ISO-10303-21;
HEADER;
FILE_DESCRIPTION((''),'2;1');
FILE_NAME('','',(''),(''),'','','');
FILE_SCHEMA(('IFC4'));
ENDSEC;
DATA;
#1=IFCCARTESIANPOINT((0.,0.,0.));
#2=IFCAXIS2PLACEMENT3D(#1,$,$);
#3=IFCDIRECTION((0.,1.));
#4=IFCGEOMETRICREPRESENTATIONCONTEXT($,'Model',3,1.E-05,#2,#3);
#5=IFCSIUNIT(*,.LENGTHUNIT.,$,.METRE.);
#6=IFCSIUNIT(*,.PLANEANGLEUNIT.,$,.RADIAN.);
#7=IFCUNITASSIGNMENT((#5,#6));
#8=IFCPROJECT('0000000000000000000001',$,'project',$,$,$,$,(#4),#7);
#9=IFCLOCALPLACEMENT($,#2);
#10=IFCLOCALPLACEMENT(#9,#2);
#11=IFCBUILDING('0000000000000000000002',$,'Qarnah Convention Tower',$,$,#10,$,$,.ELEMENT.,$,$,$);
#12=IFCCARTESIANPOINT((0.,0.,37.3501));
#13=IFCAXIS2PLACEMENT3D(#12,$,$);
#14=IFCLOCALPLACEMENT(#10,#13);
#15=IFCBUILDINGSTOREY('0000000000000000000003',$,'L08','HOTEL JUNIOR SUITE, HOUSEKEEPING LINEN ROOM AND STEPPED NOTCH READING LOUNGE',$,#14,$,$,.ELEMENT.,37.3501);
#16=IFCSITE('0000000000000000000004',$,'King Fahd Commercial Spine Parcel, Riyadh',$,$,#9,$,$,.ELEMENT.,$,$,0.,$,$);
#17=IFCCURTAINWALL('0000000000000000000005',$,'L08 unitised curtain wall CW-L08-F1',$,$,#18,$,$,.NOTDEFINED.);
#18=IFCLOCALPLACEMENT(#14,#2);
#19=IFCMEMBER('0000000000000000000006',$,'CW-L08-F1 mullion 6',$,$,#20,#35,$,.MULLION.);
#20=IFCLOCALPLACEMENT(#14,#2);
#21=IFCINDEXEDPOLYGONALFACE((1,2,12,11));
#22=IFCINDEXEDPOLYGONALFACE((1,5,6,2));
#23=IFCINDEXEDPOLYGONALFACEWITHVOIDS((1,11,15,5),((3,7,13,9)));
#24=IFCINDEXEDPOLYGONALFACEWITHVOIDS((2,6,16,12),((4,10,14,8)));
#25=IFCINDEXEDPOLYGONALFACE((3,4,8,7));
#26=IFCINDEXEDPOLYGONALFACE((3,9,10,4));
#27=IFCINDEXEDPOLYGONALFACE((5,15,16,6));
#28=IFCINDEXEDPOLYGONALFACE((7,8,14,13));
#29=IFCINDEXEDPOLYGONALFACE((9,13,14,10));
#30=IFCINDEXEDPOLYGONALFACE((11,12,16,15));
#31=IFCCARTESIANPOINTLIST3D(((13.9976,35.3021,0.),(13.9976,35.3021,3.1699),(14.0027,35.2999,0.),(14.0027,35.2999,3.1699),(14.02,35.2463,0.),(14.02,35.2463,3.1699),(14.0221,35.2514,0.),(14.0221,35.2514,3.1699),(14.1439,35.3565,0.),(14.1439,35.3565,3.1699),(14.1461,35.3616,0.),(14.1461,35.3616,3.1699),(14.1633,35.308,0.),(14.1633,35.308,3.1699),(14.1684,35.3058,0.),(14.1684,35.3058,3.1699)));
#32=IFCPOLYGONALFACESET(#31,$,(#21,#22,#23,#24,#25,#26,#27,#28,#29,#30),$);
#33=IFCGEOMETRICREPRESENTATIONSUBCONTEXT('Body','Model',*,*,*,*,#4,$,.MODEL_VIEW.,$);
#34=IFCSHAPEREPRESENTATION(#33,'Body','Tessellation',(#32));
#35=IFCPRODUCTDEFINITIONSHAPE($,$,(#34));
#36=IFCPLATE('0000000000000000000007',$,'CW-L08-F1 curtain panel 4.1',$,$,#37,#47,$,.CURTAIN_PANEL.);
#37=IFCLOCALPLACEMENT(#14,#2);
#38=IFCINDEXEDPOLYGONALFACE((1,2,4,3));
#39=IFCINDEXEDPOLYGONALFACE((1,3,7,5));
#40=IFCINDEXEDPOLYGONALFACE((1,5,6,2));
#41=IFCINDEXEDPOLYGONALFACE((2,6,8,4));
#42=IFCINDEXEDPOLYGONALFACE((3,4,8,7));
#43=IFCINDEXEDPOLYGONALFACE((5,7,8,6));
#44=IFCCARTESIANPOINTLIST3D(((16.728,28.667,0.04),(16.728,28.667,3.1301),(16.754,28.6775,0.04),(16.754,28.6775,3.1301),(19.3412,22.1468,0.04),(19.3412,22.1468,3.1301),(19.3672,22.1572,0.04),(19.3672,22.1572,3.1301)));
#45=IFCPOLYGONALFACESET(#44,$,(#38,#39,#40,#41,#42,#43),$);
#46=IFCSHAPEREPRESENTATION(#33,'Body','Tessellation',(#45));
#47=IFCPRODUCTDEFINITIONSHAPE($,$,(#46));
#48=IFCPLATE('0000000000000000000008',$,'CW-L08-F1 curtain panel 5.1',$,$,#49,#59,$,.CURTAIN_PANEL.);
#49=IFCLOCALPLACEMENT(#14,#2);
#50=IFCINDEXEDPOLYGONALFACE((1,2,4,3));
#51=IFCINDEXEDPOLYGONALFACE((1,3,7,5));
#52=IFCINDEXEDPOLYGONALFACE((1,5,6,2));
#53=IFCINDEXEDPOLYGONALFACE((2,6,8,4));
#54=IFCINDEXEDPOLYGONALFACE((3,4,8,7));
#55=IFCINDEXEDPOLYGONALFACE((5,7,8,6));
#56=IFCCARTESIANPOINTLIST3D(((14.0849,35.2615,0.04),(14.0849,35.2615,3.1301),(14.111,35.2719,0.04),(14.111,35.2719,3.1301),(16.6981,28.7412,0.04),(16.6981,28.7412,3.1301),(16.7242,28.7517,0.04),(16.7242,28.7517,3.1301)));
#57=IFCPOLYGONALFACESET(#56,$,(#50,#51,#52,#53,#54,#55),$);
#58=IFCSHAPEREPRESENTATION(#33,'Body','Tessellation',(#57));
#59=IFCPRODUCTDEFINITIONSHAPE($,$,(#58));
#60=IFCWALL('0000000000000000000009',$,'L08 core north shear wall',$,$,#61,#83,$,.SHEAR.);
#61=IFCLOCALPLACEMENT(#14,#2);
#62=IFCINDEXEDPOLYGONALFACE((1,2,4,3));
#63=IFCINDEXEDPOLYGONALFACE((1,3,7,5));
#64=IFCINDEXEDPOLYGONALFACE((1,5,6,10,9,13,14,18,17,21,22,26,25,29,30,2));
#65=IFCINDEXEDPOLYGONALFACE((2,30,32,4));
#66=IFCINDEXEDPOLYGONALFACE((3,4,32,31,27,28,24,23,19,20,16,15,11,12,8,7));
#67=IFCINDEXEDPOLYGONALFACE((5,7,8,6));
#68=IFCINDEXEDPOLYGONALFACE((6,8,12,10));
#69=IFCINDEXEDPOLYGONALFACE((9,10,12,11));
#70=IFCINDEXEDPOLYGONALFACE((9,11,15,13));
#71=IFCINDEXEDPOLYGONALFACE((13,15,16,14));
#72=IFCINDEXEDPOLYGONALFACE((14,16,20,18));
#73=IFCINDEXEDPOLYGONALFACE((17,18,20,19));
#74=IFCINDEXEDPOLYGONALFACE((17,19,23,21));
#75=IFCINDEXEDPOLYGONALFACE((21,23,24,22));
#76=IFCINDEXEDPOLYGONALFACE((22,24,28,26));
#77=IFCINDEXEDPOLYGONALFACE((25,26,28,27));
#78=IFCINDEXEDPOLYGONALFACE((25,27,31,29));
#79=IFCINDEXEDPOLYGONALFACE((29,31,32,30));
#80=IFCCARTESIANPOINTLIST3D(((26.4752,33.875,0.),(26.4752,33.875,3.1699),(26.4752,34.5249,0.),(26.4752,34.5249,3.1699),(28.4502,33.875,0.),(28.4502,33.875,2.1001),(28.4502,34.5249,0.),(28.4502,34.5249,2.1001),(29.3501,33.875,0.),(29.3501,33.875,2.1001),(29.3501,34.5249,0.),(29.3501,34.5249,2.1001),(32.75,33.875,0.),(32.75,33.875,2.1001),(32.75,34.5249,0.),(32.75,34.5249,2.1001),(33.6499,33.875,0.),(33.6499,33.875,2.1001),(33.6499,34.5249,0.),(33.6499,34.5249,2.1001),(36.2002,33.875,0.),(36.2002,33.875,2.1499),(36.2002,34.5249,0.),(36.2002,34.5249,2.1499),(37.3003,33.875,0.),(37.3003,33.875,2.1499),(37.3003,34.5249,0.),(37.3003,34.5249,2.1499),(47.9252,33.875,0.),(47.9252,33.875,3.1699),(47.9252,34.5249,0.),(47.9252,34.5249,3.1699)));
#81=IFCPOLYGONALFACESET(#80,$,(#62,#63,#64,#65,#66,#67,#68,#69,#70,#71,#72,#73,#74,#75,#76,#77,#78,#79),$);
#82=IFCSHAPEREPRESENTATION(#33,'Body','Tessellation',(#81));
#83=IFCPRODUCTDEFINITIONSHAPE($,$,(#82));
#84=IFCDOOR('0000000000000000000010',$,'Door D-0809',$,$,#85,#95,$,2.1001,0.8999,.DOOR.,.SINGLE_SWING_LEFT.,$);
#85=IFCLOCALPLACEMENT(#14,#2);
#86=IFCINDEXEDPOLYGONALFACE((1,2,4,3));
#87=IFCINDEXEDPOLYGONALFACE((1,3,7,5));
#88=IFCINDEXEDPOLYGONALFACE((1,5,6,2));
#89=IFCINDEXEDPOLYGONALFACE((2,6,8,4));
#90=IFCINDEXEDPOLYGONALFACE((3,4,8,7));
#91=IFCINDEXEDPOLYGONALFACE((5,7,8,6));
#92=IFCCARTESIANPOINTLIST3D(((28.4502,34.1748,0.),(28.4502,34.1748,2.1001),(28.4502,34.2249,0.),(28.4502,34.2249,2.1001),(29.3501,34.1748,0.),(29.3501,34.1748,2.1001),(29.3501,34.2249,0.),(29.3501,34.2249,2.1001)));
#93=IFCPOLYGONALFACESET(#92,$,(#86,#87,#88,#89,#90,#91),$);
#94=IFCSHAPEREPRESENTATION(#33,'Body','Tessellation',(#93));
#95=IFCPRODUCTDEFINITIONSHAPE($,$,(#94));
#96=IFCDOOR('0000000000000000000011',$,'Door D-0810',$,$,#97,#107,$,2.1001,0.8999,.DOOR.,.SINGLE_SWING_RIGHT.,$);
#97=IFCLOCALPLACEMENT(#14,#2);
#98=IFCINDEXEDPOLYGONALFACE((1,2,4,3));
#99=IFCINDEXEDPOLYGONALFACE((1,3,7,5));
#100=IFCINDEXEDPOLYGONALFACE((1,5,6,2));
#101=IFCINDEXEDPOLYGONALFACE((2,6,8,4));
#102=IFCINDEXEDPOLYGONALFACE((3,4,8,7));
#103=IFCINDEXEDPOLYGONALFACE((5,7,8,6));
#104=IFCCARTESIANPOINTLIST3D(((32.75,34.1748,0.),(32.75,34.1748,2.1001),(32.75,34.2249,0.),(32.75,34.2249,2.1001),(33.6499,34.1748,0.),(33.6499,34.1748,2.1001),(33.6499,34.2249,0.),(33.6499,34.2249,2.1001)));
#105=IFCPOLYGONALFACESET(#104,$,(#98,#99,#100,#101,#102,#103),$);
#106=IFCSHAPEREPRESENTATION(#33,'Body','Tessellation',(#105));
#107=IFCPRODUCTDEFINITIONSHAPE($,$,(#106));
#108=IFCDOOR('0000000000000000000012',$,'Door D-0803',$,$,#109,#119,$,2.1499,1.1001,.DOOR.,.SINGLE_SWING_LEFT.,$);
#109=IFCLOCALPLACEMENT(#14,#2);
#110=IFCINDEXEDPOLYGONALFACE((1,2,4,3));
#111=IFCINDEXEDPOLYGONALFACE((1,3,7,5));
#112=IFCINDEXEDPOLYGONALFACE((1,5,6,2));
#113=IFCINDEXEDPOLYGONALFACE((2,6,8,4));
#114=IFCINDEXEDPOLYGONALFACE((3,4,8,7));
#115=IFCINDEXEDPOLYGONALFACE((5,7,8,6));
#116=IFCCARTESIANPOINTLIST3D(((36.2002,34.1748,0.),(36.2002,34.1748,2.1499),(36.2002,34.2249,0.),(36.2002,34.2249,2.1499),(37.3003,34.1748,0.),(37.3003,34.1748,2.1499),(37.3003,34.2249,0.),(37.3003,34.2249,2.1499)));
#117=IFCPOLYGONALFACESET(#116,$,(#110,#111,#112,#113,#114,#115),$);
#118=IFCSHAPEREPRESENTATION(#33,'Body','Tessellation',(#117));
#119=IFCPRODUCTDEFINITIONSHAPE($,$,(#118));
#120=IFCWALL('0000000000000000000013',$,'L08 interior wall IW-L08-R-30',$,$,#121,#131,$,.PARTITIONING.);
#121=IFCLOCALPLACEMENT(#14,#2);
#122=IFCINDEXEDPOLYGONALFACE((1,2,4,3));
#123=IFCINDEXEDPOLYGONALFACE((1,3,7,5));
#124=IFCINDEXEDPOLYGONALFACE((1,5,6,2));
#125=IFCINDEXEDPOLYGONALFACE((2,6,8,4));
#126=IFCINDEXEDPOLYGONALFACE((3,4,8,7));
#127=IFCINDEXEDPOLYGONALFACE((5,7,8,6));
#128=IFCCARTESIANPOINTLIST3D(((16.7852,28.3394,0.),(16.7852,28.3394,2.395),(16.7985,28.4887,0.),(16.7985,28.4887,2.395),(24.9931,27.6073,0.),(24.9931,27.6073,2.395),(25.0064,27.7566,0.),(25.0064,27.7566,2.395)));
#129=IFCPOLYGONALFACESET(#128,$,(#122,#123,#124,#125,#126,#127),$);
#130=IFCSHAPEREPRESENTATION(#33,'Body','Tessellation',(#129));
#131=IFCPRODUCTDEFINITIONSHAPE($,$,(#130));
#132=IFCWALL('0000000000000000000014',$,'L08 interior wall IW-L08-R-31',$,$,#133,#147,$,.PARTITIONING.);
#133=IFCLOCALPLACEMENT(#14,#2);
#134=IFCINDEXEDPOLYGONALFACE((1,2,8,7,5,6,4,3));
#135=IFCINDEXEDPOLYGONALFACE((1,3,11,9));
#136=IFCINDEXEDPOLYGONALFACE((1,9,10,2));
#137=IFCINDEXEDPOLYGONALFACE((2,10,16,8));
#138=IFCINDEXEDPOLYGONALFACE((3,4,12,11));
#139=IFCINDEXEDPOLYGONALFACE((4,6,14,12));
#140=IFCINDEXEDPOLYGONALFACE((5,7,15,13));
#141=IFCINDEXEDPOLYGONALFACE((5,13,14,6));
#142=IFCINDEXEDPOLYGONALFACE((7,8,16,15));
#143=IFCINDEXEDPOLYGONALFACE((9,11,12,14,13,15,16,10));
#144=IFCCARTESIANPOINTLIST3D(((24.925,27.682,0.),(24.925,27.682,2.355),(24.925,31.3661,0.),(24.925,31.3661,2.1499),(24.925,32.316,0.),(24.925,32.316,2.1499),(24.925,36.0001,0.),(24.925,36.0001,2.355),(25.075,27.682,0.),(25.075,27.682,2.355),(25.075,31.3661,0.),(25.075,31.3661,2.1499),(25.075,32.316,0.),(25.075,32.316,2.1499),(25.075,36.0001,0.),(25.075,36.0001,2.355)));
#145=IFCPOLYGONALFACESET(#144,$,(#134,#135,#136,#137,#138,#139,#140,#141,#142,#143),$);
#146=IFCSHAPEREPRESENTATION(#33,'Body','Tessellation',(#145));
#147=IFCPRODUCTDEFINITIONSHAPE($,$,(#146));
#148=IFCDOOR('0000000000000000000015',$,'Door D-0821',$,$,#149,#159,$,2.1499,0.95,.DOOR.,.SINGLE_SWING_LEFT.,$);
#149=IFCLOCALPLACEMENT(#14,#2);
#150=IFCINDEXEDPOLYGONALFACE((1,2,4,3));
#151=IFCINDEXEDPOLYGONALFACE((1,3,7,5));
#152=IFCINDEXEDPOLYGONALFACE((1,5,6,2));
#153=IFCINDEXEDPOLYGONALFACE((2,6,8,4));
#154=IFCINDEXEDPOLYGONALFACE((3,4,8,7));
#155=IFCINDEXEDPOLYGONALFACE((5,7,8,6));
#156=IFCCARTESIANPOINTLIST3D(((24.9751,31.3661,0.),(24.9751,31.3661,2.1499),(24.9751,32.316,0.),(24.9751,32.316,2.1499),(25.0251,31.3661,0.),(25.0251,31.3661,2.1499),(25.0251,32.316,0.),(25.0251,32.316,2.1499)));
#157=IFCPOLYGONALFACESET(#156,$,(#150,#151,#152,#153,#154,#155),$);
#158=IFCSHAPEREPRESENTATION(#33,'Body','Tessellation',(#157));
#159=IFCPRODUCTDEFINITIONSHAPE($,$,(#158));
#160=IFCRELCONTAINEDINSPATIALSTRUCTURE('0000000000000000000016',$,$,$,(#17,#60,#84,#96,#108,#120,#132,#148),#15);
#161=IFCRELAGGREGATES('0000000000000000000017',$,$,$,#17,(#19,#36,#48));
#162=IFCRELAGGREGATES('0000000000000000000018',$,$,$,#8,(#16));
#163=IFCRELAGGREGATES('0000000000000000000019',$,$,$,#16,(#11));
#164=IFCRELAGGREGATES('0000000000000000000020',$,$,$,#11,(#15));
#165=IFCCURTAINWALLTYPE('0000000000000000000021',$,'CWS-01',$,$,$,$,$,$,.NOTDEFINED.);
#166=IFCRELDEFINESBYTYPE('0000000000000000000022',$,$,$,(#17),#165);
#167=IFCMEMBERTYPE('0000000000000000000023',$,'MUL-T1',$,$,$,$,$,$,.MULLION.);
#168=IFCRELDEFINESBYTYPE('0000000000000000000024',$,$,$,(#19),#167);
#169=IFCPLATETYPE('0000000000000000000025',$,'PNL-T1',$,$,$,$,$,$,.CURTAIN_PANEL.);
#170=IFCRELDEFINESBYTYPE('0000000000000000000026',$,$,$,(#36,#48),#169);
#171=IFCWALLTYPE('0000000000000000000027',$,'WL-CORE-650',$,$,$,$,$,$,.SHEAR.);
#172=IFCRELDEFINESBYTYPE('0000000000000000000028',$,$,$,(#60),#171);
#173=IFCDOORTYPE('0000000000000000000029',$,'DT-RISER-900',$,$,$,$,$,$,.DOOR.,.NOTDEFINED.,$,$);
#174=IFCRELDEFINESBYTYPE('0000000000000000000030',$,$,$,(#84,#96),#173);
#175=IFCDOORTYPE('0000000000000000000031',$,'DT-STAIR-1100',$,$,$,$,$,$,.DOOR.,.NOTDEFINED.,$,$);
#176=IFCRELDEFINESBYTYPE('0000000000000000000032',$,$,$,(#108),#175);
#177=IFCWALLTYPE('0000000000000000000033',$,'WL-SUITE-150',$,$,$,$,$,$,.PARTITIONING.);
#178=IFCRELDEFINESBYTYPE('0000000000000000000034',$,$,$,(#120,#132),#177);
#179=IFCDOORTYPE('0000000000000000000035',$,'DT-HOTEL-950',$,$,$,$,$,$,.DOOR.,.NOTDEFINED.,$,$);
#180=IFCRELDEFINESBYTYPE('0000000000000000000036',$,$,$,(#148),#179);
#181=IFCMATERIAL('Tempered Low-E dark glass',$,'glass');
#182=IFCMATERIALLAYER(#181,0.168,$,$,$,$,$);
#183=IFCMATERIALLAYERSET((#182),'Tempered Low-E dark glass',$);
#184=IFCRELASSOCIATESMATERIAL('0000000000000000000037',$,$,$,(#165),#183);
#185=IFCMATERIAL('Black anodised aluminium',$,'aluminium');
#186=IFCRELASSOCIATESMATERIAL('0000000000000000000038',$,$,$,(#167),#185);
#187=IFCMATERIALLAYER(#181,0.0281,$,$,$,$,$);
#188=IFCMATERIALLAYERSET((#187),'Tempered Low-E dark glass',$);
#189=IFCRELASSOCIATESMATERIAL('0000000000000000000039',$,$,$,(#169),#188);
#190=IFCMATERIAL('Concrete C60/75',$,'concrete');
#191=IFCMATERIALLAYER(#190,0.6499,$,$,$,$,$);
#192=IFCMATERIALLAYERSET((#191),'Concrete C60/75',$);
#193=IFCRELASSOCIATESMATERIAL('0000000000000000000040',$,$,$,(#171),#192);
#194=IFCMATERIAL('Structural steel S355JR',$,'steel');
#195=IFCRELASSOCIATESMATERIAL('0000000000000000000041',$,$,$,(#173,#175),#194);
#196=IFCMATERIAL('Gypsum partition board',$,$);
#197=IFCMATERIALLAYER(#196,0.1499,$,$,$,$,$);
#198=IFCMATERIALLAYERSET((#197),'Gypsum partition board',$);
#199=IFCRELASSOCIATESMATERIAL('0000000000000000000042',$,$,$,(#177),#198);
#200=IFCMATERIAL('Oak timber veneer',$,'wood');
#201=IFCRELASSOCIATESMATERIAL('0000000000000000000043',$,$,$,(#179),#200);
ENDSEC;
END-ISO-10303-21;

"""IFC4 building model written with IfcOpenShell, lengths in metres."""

from ifc_helpers import new_model, si_unit, direction, frame, frame_2d, origin, origin_2d, place, context, subcontext, project, spatial, rectangle, hollow_rectangle, extrude, material, layer, layer_set, material_profile, profile_set, type_object, element, fill, aggregate, save


model = new_model("IFC4")

# Units and contexts
model_context = context("Model", 3, precision=1e-05, world=origin(), true_north=direction((0.0, 1.0)))
body_context = subcontext(model_context, "Body", "Model", "MODEL_VIEW")
ifc_project = project(units=[si_unit("LENGTHUNIT", "METRE"), si_unit("PLANEANGLEUNIT", "RADIAN")], contexts=[model_context])

# Site, building, storey
site_placement = place(None, origin())
site = spatial("IfcSite", under=ifc_project, at=site_placement, Name="King Fahd Commercial Spine Parcel, Riyadh", CompositionType="ELEMENT", RefElevation=0.0)
building_placement = place(site_placement, origin())
building = spatial("IfcBuilding", under=site, at=building_placement, Name="Qarnah Convention Tower", CompositionType="ELEMENT")
storey_placement = place(building_placement, frame((0.0, 0.0, 37.3501)))
storey = spatial("IfcBuildingStorey", under=building, at=storey_placement, Name="L08", Description="HOTEL JUNIOR SUITE, HOUSEKEEPING LINEN ROOM AND STEPPED NOTCH READING LOUNGE", CompositionType="ELEMENT", Elevation=37.3501)

# Shared definitions
ifc_material_1 = material(Name="Concrete C60/75", Category="concrete")

# Shared definitions
ifc_material_2 = material(Name="Structural steel S355JR", Category="steel")

# Curtain wall, member, plates
ifc_material_3 = material(Name="Tempered Low-E dark glass", Category="glass")
ifc_layer_1 = layer(ifc_material_3, 0.168)
ifc_layer_set_1 = layer_set([ifc_layer_1], Name="Tempered Low-E dark glass")
curtain_wall_type = type_object("IfcCurtainWallType", Name="CWS-01", PredefinedType="NOTDEFINED", material=ifc_layer_set_1)
curtain_wall_placement = place(storey_placement, origin())
curtain_wall = element("IfcCurtainWall", 1, at=curtain_wall_placement, inside=storey, type_object=curtain_wall_type, Name="L08 unitised curtain wall CW-L08-F1", PredefinedType="NOTDEFINED")
ifc_material_4 = material(Name="Black anodised aluminium", Category="aluminium")
ifc_material_profile_1 = material_profile(ifc_material_4, hollow_rectangle(XDim=0.0601, YDim=0.1599, WallThickness=0.0039, at=origin_2d()), Name="MUL-60X160")
ifc_profile_set_1 = profile_set([ifc_material_profile_1], Name="Black anodised aluminium")
member_type = type_object("IfcMemberType", Name="MUL-T1", PredefinedType="MULLION", material=ifc_profile_set_1)
member_1_placement = place(storey_placement, frame((14.083, 35.304, 0.0), z_axis=(0.0, 0.0, 1.0), x_axis=(-0.372017, 0.928226, 0.0)))
member_1 = element("IfcMember", 2, at=member_1_placement, type_object=member_type, Name="CW-L08-F1 mullion 6", PredefinedType="MULLION", context=body_context, shape_type="SweptSolid", body=[
    extrude(hollow_rectangle(XDim=0.0601, YDim=0.1599, WallThickness=0.0039, at=origin_2d()), origin(), (0.0, 0.0, 1.0), 3.1699),
])
ifc_layer_2 = layer(ifc_material_3, 0.0281)
ifc_layer_set_2 = layer_set([ifc_layer_2], Name="Tempered Low-E dark glass")
plate_type = type_object("IfcPlateType", Name="PNL-T1", PredefinedType="CURTAIN_PANEL", material=ifc_layer_set_2)
plate_1_placement = place(storey_placement, frame((18.0476, 25.4121, 0.04), z_axis=(0.0, 0.0, 1.0), x_axis=(-0.372017, 0.928226, 0.0)))
plate_1 = element("IfcPlate", 3, at=plate_1_placement, type_object=plate_type, Name="CW-L08-F1 curtain panel 4.1", PredefinedType="CURTAIN_PANEL", context=body_context, shape_type="SweptSolid", body=[
    extrude(rectangle(XDim=7.0244, YDim=0.0281, at=origin_2d()), origin(), (0.0, 0.0, 1.0), 3.0901),
])
plate_2_placement = place(storey_placement, frame((15.4045, 32.0066, 0.04), z_axis=(0.0, 0.0, 1.0), x_axis=(-0.372017, 0.928226, 0.0)))
plate_2 = element("IfcPlate", 4, at=plate_2_placement, type_object=plate_type, Name="CW-L08-F1 curtain panel 5.1", PredefinedType="CURTAIN_PANEL", context=body_context, shape_type="SweptSolid", body=[
    extrude(rectangle(XDim=7.0244, YDim=0.0281, at=origin_2d()), origin(), (0.0, 0.0, 1.0), 3.0901),
])
aggregate(curtain_wall, [member_1, plate_1, plate_2])

# Wall, openings, doors
ifc_layer_3 = layer(ifc_material_1, 0.6499)
ifc_layer_set_3 = layer_set([ifc_layer_3], Name="Concrete C60/75")
wall_type_1 = type_object("IfcWallType", Name="WL-CORE-650", PredefinedType="SHEAR", material=ifc_layer_set_3)
wall_1_placement = place(storey_placement, frame((26.4751, 34.2, 0.0), z_axis=(0.0, 0.0, 1.0), x_axis=(1.0, 0.0, 0.0)))
wall_1 = element("IfcWall", 5, at=wall_1_placement, inside=storey, type_object=wall_type_1, Name="L08 core north shear wall", PredefinedType="SHEAR", context=body_context, shape_type="SweptSolid", body=[
    extrude(rectangle(XDim=21.45, YDim=0.6499, at=frame_2d((10.7251, 0.0))), origin(), (0.0, 0.0, 1.0), 3.1699),
])
opening_1_placement = place(wall_1_placement, frame((9.7251, 0.0, 0.0)))
opening_1 = element("IfcOpeningElement", 6, at=opening_1_placement, cuts=wall_1, PredefinedType="OPENING", context=body_context, shape_type="SweptSolid", body=[
    extrude(rectangle(XDim=1.1001, YDim=2.1499, at=frame_2d((0.55, 1.075))), frame((0.0, 0.335, 0.0), z_axis=(0.0, -1.0, 0.0), x_axis=(1.0, 0.0, 0.0)), (0.0, 0.0, 1.0), 0.6699),
])
opening_2_placement = place(wall_1_placement, frame((1.9751, 0.0, 0.0)))
opening_2 = element("IfcOpeningElement", 7, at=opening_2_placement, cuts=wall_1, PredefinedType="OPENING", context=body_context, shape_type="SweptSolid", body=[
    extrude(rectangle(XDim=0.8999, YDim=2.1001, at=frame_2d((0.45, 1.05))), frame((0.0, 0.335, 0.0), z_axis=(0.0, -1.0, 0.0), x_axis=(1.0, 0.0, 0.0)), (0.0, 0.0, 1.0), 0.6699),
])
opening_3_placement = place(wall_1_placement, frame((6.2749, 0.0, 0.0)))
opening_3 = element("IfcOpeningElement", 8, at=opening_3_placement, cuts=wall_1, PredefinedType="OPENING", context=body_context, shape_type="SweptSolid", body=[
    extrude(rectangle(XDim=0.8999, YDim=2.1001, at=frame_2d((0.45, 1.05))), frame((0.0, 0.335, 0.0), z_axis=(0.0, -1.0, 0.0), x_axis=(1.0, 0.0, 0.0)), (0.0, 0.0, 1.0), 0.6699),
])
door_type_1 = type_object("IfcDoorType", Name="DT-RISER-900", OperationType="NOTDEFINED", PredefinedType="DOOR", material=ifc_material_2)
door_1_placement = place(opening_2_placement, origin())
door_1 = element("IfcDoor", 9, at=door_1_placement, inside=storey, type_object=door_type_1, Name="Door D-0809", OperationType="SINGLE_SWING_LEFT", OverallHeight=2.1001, OverallWidth=0.8999, PredefinedType="DOOR", context=body_context, shape_type="SweptSolid", body=[
    extrude(rectangle(XDim=0.8999, YDim=2.1001, at=frame_2d((0.45, 1.05))), frame((0.0, 0.0249, 0.0), z_axis=(0.0, -1.0, 0.0), x_axis=(1.0, 0.0, 0.0)), (0.0, 0.0, 1.0), 0.05),
])
fill(opening_2, door_1)
door_2_placement = place(opening_3_placement, origin())
door_2 = element("IfcDoor", 10, at=door_2_placement, inside=storey, type_object=door_type_1, Name="Door D-0810", OperationType="SINGLE_SWING_RIGHT", OverallHeight=2.1001, OverallWidth=0.8999, PredefinedType="DOOR", context=body_context, shape_type="SweptSolid", body=[
    extrude(rectangle(XDim=0.8999, YDim=2.1001, at=frame_2d((0.45, 1.05))), frame((0.0, 0.0249, 0.0), z_axis=(0.0, -1.0, 0.0), x_axis=(1.0, 0.0, 0.0)), (0.0, 0.0, 1.0), 0.05),
])
fill(opening_3, door_2)
door_type_2 = type_object("IfcDoorType", Name="DT-STAIR-1100", OperationType="NOTDEFINED", PredefinedType="DOOR", material=ifc_material_2)
door_3_placement = place(opening_1_placement, origin())
door_3 = element("IfcDoor", 11, at=door_3_placement, inside=storey, type_object=door_type_2, Name="Door D-0803", OperationType="SINGLE_SWING_LEFT", OverallHeight=2.1499, OverallWidth=1.1001, PredefinedType="DOOR", context=body_context, shape_type="SweptSolid", body=[
    extrude(rectangle(XDim=1.1001, YDim=2.1499, at=frame_2d((0.55, 1.075))), frame((0.0, 0.0249, 0.0), z_axis=(0.0, -1.0, 0.0), x_axis=(1.0, 0.0, 0.0)), (0.0, 0.0, 1.0), 0.05),
])
fill(opening_1, door_3)

# Wall
ifc_material_5 = material(Name="Gypsum partition board")
ifc_layer_4 = layer(ifc_material_5, 0.1499)
ifc_layer_set_4 = layer_set([ifc_layer_4], Name="Gypsum partition board")
wall_type_2 = type_object("IfcWallType", Name="WL-SUITE-150", PredefinedType="PARTITIONING", material=ifc_layer_set_4)
wall_2_placement = place(storey_placement, frame((16.792, 28.4141, 0.0), z_axis=(0.0, 0.0, 1.0), x_axis=(0.996045, -0.08885, 0.0)))
element("IfcWall", 12, at=wall_2_placement, inside=storey, type_object=wall_type_2, Name="L08 interior wall IW-L08-R-30", PredefinedType="PARTITIONING", context=body_context, shape_type="SweptSolid", body=[
    extrude(rectangle(XDim=8.2405, YDim=0.1499, at=frame_2d((4.1201, 0.0))), origin(), (0.0, 0.0, 1.0), 2.395),
])

# Wall, opening, door
wall_3_placement = place(storey_placement, frame((25.0, 27.6819, 0.0), z_axis=(0.0, 0.0, 1.0), x_axis=(0.0, 1.0, 0.0)))
wall_3 = element("IfcWall", 13, at=wall_3_placement, inside=storey, type_object=wall_type_2, Name="L08 interior wall IW-L08-R-31", PredefinedType="PARTITIONING", context=body_context, shape_type="SweptSolid", body=[
    extrude(rectangle(XDim=8.3181, YDim=0.1499, at=frame_2d((4.1592, 0.0))), origin(), (0.0, 0.0, 1.0), 2.355),
])
opening_4_placement = place(wall_3_placement, frame((3.6841, 0.0, 0.0)))
opening_4 = element("IfcOpeningElement", 14, at=opening_4_placement, cuts=wall_3, PredefinedType="OPENING", context=body_context, shape_type="SweptSolid", body=[
    extrude(rectangle(XDim=0.95, YDim=2.1499, at=frame_2d((0.4751, 1.075))), frame((0.0, 0.085, 0.0), z_axis=(0.0, -1.0, 0.0), x_axis=(1.0, 0.0, 0.0)), (0.0, 0.0, 1.0), 0.1699),
])
ifc_material_6 = material(Name="Oak timber veneer", Category="wood")
door_type_3 = type_object("IfcDoorType", Name="DT-HOTEL-950", OperationType="NOTDEFINED", PredefinedType="DOOR", material=ifc_material_6)
door_4_placement = place(opening_4_placement, origin())
door_4 = element("IfcDoor", 15, at=door_4_placement, inside=storey, type_object=door_type_3, Name="Door D-0821", OperationType="SINGLE_SWING_LEFT", OverallHeight=2.1499, OverallWidth=0.95, PredefinedType="DOOR", context=body_context, shape_type="SweptSolid", body=[
    extrude(rectangle(XDim=0.95, YDim=2.1499, at=frame_2d((0.4751, 1.075))), frame((0.0, 0.0249, 0.0), z_axis=(0.0, -1.0, 0.0), x_axis=(1.0, 0.0, 0.0)), (0.0, 0.0, 1.0), 0.05),
])
fill(opening_4, door_4)

save(model, "model.ifc")
